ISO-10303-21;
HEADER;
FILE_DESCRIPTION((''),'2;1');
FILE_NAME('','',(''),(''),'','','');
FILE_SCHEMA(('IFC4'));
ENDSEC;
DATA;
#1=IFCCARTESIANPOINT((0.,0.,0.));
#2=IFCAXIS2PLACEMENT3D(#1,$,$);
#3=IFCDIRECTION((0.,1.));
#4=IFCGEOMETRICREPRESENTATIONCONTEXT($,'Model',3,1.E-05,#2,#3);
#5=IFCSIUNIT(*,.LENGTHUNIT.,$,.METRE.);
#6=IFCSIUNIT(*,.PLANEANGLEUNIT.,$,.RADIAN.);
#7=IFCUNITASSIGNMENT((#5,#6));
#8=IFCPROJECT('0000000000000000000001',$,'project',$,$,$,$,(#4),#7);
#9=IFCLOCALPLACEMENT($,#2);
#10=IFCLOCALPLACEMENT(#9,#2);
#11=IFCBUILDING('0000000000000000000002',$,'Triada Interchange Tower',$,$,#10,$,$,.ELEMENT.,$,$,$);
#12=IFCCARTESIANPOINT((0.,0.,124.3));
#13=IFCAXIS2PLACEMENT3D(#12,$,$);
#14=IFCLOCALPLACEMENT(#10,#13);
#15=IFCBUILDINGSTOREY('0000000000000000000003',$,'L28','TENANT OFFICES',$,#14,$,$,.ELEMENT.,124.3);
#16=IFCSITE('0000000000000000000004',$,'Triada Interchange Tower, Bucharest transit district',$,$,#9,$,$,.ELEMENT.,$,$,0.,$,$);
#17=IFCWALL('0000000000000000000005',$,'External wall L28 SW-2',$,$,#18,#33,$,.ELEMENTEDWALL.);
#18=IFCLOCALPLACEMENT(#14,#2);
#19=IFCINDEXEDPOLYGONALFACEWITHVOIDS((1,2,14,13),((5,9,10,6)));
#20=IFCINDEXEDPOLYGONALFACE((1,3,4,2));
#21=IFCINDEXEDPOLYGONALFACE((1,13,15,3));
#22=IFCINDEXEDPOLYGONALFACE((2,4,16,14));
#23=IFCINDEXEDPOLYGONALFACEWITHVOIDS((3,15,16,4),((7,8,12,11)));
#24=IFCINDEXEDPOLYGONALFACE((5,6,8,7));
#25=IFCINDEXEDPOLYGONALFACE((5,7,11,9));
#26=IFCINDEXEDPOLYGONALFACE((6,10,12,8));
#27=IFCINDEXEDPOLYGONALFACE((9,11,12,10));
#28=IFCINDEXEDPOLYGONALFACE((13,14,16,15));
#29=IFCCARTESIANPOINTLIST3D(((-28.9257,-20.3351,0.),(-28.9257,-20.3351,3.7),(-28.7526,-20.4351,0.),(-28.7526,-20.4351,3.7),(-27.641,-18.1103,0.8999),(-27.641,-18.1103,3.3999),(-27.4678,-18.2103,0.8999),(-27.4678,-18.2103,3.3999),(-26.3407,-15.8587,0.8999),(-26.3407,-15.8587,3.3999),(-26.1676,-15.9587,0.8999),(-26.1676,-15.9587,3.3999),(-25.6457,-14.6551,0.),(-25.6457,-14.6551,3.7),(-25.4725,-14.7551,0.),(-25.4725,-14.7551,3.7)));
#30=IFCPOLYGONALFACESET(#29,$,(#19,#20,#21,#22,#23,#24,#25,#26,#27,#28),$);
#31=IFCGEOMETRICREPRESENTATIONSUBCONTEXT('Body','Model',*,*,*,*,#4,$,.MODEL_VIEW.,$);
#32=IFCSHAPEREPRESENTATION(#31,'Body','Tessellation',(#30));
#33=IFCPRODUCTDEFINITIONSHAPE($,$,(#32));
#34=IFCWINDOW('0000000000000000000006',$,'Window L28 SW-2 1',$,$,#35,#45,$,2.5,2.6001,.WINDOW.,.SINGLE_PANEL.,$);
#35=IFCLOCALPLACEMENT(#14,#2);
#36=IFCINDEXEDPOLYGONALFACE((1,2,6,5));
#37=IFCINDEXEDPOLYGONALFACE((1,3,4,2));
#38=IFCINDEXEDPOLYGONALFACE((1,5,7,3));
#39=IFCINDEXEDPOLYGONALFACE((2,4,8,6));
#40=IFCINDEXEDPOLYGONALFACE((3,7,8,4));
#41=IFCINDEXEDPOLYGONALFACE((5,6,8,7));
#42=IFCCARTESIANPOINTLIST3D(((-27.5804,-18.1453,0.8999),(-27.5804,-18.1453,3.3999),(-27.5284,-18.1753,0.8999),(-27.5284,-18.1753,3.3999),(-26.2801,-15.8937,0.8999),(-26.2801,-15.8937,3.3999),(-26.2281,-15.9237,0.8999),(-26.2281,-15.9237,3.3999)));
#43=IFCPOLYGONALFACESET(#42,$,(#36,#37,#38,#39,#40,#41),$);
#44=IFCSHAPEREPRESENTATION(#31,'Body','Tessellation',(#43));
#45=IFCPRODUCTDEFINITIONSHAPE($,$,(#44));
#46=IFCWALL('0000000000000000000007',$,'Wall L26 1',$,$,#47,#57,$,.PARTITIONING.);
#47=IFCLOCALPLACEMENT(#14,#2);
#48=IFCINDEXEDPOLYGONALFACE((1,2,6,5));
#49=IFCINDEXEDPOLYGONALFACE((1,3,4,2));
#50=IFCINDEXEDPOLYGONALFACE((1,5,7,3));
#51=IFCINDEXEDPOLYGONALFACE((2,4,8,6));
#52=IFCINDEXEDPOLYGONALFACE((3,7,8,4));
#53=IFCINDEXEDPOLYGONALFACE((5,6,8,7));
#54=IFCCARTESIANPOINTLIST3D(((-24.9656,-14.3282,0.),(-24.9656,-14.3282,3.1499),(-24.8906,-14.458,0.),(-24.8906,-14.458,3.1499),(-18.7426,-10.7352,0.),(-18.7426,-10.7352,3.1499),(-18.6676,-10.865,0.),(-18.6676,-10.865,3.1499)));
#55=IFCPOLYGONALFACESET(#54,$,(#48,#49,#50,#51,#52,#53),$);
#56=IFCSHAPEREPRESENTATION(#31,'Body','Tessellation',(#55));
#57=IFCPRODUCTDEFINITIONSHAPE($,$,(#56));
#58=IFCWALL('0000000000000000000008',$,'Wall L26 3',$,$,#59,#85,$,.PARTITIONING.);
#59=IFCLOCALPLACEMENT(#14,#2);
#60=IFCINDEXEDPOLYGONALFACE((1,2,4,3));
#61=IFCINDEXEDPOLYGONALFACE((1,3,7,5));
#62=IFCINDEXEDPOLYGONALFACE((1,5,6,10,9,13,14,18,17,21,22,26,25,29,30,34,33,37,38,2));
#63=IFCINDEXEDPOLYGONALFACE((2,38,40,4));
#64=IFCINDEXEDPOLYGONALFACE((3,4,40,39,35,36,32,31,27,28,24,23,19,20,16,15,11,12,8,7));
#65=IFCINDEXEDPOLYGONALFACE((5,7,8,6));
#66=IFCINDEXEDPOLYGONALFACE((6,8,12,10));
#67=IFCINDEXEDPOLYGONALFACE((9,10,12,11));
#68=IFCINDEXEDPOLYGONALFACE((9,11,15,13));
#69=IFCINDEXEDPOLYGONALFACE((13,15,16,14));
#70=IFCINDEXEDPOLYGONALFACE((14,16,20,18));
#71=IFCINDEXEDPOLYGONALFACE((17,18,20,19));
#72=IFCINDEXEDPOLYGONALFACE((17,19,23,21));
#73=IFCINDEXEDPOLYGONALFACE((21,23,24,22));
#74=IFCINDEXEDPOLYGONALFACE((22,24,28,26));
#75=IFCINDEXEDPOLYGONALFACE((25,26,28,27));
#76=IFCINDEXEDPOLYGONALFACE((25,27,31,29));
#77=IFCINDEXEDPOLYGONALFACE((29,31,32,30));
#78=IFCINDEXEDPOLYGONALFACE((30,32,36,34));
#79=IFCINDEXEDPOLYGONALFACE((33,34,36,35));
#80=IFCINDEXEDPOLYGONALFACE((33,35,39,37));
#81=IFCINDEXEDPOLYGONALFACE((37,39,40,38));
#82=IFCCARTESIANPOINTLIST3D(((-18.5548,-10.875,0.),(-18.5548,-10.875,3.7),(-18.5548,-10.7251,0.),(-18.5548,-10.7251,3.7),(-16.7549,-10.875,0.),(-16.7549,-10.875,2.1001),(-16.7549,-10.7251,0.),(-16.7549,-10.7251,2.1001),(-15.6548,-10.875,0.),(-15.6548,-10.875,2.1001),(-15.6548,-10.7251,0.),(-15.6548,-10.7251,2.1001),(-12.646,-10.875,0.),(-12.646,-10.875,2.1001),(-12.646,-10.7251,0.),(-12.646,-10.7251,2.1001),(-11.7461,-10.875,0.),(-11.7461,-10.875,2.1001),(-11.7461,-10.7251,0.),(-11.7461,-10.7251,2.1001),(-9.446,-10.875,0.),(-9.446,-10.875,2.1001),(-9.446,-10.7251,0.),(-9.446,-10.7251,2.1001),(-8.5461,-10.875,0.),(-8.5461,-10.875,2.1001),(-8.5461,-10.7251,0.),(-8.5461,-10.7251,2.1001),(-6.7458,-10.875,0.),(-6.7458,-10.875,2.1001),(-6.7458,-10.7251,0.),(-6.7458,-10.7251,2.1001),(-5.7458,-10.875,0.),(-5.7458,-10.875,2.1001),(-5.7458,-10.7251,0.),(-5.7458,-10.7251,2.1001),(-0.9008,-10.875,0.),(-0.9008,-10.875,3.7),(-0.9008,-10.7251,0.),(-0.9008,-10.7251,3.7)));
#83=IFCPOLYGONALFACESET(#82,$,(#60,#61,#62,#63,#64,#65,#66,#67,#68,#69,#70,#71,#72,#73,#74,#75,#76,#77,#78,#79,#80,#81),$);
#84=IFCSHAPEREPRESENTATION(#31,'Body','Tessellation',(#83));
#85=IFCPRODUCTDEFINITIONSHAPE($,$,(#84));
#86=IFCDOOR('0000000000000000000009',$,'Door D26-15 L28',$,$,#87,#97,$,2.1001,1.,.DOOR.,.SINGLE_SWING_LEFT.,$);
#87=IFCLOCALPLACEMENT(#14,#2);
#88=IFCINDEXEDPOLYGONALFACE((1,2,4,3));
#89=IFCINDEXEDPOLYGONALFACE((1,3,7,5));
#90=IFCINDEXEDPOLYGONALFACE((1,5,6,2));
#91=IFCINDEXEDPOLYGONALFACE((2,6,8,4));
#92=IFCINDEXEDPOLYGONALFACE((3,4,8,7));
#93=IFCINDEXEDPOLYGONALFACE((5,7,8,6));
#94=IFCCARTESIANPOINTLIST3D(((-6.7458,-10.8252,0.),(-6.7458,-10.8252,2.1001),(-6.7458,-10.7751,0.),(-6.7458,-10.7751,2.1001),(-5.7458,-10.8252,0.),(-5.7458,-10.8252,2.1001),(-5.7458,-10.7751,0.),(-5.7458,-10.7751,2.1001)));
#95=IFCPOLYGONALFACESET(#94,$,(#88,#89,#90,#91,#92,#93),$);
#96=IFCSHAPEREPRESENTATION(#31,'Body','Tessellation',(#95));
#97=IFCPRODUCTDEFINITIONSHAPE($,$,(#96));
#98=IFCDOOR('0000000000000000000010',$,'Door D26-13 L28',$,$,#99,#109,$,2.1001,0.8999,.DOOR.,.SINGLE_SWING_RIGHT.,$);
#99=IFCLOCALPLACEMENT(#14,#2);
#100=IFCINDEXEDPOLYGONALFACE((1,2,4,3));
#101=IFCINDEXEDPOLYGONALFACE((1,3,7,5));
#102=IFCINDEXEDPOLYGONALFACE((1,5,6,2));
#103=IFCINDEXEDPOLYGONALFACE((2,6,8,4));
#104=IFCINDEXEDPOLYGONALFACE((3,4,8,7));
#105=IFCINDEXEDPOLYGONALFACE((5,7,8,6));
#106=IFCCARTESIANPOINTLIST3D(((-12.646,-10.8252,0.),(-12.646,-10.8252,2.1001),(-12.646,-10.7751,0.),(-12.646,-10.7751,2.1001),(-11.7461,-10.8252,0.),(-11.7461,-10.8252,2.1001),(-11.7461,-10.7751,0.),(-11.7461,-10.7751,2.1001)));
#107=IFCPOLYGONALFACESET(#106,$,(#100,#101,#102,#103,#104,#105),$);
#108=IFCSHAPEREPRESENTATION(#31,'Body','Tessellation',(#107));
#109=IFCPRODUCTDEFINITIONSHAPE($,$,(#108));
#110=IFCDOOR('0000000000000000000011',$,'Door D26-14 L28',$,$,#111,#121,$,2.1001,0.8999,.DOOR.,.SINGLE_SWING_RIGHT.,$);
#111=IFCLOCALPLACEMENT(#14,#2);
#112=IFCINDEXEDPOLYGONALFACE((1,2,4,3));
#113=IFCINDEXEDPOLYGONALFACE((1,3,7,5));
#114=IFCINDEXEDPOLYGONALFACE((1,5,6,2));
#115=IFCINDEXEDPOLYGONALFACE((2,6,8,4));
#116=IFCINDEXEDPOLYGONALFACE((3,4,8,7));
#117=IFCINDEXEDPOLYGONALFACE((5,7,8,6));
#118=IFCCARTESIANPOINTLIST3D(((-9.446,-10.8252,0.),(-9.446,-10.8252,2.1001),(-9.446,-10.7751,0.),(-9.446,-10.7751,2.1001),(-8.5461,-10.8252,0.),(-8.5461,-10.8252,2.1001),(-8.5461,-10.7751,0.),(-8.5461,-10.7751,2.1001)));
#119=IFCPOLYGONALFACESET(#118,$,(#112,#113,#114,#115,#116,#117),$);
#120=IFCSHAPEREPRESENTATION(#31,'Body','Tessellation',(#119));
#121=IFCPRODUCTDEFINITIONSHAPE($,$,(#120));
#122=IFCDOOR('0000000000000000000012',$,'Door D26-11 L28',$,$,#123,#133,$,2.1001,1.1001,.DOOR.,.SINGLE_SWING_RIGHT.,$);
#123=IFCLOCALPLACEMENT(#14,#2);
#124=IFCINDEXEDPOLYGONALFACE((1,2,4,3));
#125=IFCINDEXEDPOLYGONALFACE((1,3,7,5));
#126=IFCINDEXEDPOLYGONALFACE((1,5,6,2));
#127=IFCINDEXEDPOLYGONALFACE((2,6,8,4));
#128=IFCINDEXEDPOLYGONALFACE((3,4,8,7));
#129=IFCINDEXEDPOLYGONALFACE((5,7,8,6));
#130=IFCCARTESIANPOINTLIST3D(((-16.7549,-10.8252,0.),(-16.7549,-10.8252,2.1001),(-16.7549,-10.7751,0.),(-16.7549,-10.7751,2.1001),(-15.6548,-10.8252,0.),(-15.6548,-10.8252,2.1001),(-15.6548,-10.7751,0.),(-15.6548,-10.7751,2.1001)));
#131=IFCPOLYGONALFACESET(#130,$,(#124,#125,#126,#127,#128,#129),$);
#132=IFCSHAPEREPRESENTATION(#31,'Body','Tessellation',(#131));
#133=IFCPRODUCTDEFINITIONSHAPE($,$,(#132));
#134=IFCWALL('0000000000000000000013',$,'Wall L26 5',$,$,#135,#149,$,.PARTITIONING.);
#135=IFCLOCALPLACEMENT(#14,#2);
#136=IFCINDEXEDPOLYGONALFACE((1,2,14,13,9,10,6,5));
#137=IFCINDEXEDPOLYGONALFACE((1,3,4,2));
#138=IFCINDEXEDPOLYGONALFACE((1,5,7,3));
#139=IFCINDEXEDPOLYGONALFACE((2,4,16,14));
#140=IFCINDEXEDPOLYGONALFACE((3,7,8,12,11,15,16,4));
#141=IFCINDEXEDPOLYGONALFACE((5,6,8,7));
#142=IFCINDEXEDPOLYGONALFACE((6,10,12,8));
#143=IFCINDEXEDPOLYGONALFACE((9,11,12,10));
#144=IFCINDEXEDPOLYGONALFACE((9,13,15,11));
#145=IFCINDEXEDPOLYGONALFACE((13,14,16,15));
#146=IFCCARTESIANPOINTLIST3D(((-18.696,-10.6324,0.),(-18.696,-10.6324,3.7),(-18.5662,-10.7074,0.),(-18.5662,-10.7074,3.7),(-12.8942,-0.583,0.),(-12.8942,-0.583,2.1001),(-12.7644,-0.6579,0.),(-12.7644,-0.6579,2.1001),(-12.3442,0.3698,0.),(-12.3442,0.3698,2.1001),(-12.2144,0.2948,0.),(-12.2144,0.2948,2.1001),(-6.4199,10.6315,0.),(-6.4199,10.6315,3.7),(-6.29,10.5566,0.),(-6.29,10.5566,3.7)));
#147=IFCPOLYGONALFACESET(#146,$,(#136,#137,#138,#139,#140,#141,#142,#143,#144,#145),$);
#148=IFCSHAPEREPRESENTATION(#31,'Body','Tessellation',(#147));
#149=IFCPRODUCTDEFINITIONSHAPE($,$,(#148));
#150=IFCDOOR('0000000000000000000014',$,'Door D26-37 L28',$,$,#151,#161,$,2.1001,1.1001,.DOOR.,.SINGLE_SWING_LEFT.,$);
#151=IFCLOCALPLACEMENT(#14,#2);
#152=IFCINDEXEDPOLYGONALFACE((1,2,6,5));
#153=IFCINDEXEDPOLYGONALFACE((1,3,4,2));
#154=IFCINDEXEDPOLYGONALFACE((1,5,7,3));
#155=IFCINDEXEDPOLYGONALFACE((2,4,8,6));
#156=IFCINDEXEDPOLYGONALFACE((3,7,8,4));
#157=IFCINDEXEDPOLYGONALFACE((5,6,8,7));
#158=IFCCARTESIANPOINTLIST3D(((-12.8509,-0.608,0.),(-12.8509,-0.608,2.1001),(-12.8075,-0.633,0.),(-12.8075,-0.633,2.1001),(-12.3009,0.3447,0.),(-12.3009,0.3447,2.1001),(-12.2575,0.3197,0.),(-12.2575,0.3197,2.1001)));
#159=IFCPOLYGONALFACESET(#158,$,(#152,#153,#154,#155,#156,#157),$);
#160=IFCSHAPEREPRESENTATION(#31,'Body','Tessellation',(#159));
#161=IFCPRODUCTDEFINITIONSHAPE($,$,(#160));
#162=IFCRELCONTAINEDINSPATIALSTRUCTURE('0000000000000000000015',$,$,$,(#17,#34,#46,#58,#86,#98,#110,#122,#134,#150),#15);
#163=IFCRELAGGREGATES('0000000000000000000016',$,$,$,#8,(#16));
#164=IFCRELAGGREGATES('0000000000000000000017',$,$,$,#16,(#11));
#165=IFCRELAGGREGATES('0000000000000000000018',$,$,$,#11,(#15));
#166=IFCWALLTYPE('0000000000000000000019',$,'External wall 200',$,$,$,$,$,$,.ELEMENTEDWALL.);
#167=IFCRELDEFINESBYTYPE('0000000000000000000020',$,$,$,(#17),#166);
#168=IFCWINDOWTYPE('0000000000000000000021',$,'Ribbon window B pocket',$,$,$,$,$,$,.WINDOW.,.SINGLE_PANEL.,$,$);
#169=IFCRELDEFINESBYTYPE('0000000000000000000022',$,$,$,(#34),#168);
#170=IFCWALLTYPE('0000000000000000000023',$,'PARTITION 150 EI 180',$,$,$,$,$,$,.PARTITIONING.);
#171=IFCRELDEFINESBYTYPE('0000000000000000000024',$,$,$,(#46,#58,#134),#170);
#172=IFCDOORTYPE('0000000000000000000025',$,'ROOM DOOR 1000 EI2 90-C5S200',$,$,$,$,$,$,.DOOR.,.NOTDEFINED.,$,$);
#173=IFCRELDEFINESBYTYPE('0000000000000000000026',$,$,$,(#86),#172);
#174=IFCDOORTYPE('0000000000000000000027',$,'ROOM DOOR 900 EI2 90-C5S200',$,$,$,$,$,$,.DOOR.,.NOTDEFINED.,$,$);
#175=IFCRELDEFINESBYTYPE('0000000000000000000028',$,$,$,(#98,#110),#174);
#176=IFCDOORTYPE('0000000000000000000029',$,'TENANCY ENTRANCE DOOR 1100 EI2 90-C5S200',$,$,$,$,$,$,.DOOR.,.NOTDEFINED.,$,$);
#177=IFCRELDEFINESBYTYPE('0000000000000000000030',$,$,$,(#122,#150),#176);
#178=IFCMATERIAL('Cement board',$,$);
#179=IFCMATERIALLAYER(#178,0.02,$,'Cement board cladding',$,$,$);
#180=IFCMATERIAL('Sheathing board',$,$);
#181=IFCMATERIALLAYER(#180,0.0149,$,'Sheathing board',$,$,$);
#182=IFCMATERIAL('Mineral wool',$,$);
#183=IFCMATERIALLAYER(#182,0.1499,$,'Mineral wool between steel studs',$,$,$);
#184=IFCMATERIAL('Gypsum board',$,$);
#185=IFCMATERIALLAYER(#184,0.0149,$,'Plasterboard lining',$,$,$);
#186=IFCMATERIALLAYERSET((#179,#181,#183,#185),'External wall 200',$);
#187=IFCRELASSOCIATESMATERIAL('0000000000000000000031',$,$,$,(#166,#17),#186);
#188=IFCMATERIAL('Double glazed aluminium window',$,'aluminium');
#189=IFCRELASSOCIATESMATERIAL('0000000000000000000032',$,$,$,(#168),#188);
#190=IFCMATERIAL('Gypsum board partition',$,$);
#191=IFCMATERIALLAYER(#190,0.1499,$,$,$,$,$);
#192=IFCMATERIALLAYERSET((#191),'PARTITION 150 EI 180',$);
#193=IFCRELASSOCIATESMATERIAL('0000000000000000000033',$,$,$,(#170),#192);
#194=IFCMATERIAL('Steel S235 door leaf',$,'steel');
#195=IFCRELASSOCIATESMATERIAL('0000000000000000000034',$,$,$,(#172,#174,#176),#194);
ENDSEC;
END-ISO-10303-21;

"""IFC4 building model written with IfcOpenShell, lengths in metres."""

from ifc_helpers import new_model, si_unit, direction, frame, frame_2d, origin, place, context, subcontext, project, spatial, rectangle, extrude, material, layer, layer_set, layer_usage, type_object, element, fill, save


model = new_model("IFC4")

# Units and contexts
model_context = context("Model", 3, precision=1e-05, world=origin(), true_north=direction((0.0, 1.0)))
body_context = subcontext(model_context, "Body", "Model", "MODEL_VIEW")
ifc_project = project(units=[si_unit("LENGTHUNIT", "METRE"), si_unit("PLANEANGLEUNIT", "RADIAN")], contexts=[model_context])

# Site, building, storey
site_placement = place(None, origin())
site = spatial("IfcSite", under=ifc_project, at=site_placement, Name="Triada Interchange Tower, Bucharest transit district", CompositionType="ELEMENT", RefElevation=0.0)
building_placement = place(site_placement, origin())
building = spatial("IfcBuilding", under=site, at=building_placement, Name="Triada Interchange Tower", CompositionType="ELEMENT")
storey_placement = place(building_placement, frame((0.0, 0.0, 124.3)))
storey = spatial("IfcBuildingStorey", under=building, at=storey_placement, Name="L28", Description="TENANT OFFICES", CompositionType="ELEMENT", Elevation=124.3)

# Wall, opening, window
ifc_material_1 = material(Name="Cement board")
ifc_layer_1 = layer(ifc_material_1, 0.02, Name="Cement board cladding")
ifc_material_2 = material(Name="Sheathing board")
ifc_layer_2 = layer(ifc_material_2, 0.0149, Name="Sheathing board")
ifc_material_3 = material(Name="Mineral wool")
ifc_layer_3 = layer(ifc_material_3, 0.1499, Name="Mineral wool between steel studs")
ifc_material_4 = material(Name="Gypsum board")
ifc_layer_4 = layer(ifc_material_4, 0.0149, Name="Plasterboard lining")
ifc_layer_set_1 = layer_set([ifc_layer_1, ifc_layer_2, ifc_layer_3, ifc_layer_4], Name="External wall 200")
ifc_layer_usage = layer_usage(ifc_layer_set_1, "AXIS2", "POSITIVE", -0.1001)
wall_type_1 = type_object("IfcWallType", Name="External wall 200", PredefinedType="ELEMENTEDWALL", material=ifc_layer_set_1)
wall_1_placement = place(storey_placement, frame((-25.5591, -14.7051, 0.0), z_axis=(0.0, 0.0, 1.0), x_axis=(-0.500082, -0.865978, 0.0)))
wall_1 = element("IfcWall", 1, at=wall_1_placement, inside=storey, type_object=wall_type_1, material=ifc_layer_usage, Name="External wall L28 SW-2", PredefinedType="ELEMENTEDWALL", context=body_context, shape_type="SweptSolid", body=[
    extrude(rectangle(XDim=6.5591, YDim=0.2, at=frame_2d((3.2795, 0.0))), origin(), (0.0, 0.0, 1.0), 3.7),
])
opening_1_placement = place(wall_1_placement, frame((1.3899, 0.0, 0.8999)))
opening_1 = element("IfcOpeningElement", 2, at=opening_1_placement, cuts=wall_1, PredefinedType="OPENING", context=body_context, shape_type="SweptSolid", body=[
    extrude(rectangle(XDim=2.6001, YDim=2.5, at=frame_2d((1.3, 1.25))), frame((0.0, 0.1099, 0.0), z_axis=(0.0, -1.0, 0.0), x_axis=(1.0, 0.0, 0.0)), (0.0, 0.0, 1.0), 0.22),
])
ifc_material_5 = material(Name="Double glazed aluminium window", Category="aluminium")
window_type = type_object("IfcWindowType", Name="Ribbon window B pocket", PartitioningType="SINGLE_PANEL", PredefinedType="WINDOW", material=ifc_material_5)
window_placement = place(opening_1_placement, origin())
window = element("IfcWindow", 3, at=window_placement, inside=storey, type_object=window_type, Name="Window L28 SW-2 1", OverallHeight=2.5, OverallWidth=2.6001, PartitioningType="SINGLE_PANEL", PredefinedType="WINDOW", context=body_context, shape_type="SweptSolid", body=[
    extrude(rectangle(XDim=2.6001, YDim=2.5, at=frame_2d((1.3, 1.25))), frame((0.0, 0.03, 0.0), z_axis=(0.0, -1.0, 0.0), x_axis=(1.0, 0.0, 0.0)), (0.0, 0.0, 1.0), 0.0601),
])
fill(opening_1, window)

# Wall
ifc_material_6 = material(Name="Gypsum board partition")
ifc_layer_5 = layer(ifc_material_6, 0.1499)
ifc_layer_set_2 = layer_set([ifc_layer_5], Name="PARTITION 150 EI 180")
wall_type_2 = type_object("IfcWallType", Name="PARTITION 150 EI 180", PredefinedType="PARTITIONING", material=ifc_layer_set_2)
wall_2_placement = place(storey_placement, frame((-24.928, -14.3931, 0.0), z_axis=(0.0, 0.0, 1.0), x_axis=(0.866012, 0.500023, 0.0)))
element("IfcWall", 4, at=wall_2_placement, inside=storey, type_object=wall_type_2, Name="Wall L26 1", PredefinedType="PARTITIONING", context=body_context, shape_type="SweptSolid", body=[
    extrude(rectangle(XDim=7.1858, YDim=0.1499, at=frame_2d((3.5928, 0.0))), origin(), (0.0, 0.0, 1.0), 3.1499),
])

# Wall, openings, doors
wall_3_placement = place(storey_placement, frame((-18.5549, -10.8, 0.0), z_axis=(0.0, 0.0, 1.0), x_axis=(1.0, 0.0, 0.0)))
wall_3 = element("IfcWall", 5, at=wall_3_placement, inside=storey, type_object=wall_type_2, Name="Wall L26 3", PredefinedType="PARTITIONING", context=body_context, shape_type="SweptSolid", body=[
    extrude(rectangle(XDim=17.6541, YDim=0.1499, at=frame_2d((8.8271, 0.0))), origin(), (0.0, 0.0, 1.0), 3.7),
])
opening_2_placement = place(wall_3_placement, frame((1.8, 0.0, 0.0)))
opening_2 = element("IfcOpeningElement", 6, at=opening_2_placement, cuts=wall_3, PredefinedType="OPENING", context=body_context, shape_type="SweptSolid", body=[
    extrude(rectangle(XDim=1.1001, YDim=2.1001, at=frame_2d((0.55, 1.05))), frame((0.0, 0.085, 0.0), z_axis=(0.0, -1.0, 0.0), x_axis=(1.0, 0.0, 0.0)), (0.0, 0.0, 1.0), 0.1699),
])
opening_3_placement = place(wall_3_placement, frame((5.9089, 0.0, 0.0)))
opening_3 = element("IfcOpeningElement", 7, at=opening_3_placement, cuts=wall_3, PredefinedType="OPENING", context=body_context, shape_type="SweptSolid", body=[
    extrude(rectangle(XDim=0.8999, YDim=2.1001, at=frame_2d((0.45, 1.05))), frame((0.0, 0.085, 0.0), z_axis=(0.0, -1.0, 0.0), x_axis=(1.0, 0.0, 0.0)), (0.0, 0.0, 1.0), 0.1699),
])
opening_4_placement = place(wall_3_placement, frame((9.1089, 0.0, 0.0)))
opening_4 = element("IfcOpeningElement", 8, at=opening_4_placement, cuts=wall_3, PredefinedType="OPENING", context=body_context, shape_type="SweptSolid", body=[
    extrude(rectangle(XDim=0.8999, YDim=2.1001, at=frame_2d((0.45, 1.05))), frame((0.0, 0.085, 0.0), z_axis=(0.0, -1.0, 0.0), x_axis=(1.0, 0.0, 0.0)), (0.0, 0.0, 1.0), 0.1699),
])
opening_5_placement = place(wall_3_placement, frame((11.8091, 0.0, 0.0)))
opening_5 = element("IfcOpeningElement", 9, at=opening_5_placement, cuts=wall_3, PredefinedType="OPENING", context=body_context, shape_type="SweptSolid", body=[
    extrude(rectangle(XDim=1.0, YDim=2.1001, at=frame_2d((0.5, 1.05))), frame((0.0, 0.085, 0.0), z_axis=(0.0, -1.0, 0.0), x_axis=(1.0, 0.0, 0.0)), (0.0, 0.0, 1.0), 0.1699),
])
ifc_material_7 = material(Name="Steel S235 door leaf", Category="steel")
door_type_1 = type_object("IfcDoorType", Name="ROOM DOOR 1000 EI2 90-C5S200", OperationType="NOTDEFINED", PredefinedType="DOOR", material=ifc_material_7)
door_1_placement = place(opening_5_placement, origin())
door_1 = element("IfcDoor", 10, at=door_1_placement, inside=storey, type_object=door_type_1, Name="Door D26-15 L28", OperationType="SINGLE_SWING_LEFT", OverallHeight=2.1001, OverallWidth=1.0, PredefinedType="DOOR", context=body_context, shape_type="SweptSolid", body=[
    extrude(rectangle(XDim=1.0, YDim=2.1001, at=frame_2d((0.5, 1.05))), frame((0.0, 0.0249, 0.0), z_axis=(0.0, -1.0, 0.0), x_axis=(1.0, 0.0, 0.0)), (0.0, 0.0, 1.0), 0.05),
])
fill(opening_5, door_1)
door_type_2 = type_object("IfcDoorType", Name="ROOM DOOR 900 EI2 90-C5S200", OperationType="NOTDEFINED", PredefinedType="DOOR", material=ifc_material_7)
door_2_placement = place(opening_3_placement, origin())
door_2 = element("IfcDoor", 11, at=door_2_placement, inside=storey, type_object=door_type_2, Name="Door D26-13 L28", OperationType="SINGLE_SWING_RIGHT", OverallHeight=2.1001, OverallWidth=0.8999, PredefinedType="DOOR", context=body_context, shape_type="SweptSolid", body=[
    extrude(rectangle(XDim=0.8999, YDim=2.1001, at=frame_2d((0.45, 1.05))), frame((0.0, 0.0249, 0.0), z_axis=(0.0, -1.0, 0.0), x_axis=(1.0, 0.0, 0.0)), (0.0, 0.0, 1.0), 0.05),
])
fill(opening_3, door_2)
door_3_placement = place(opening_4_placement, origin())
door_3 = element("IfcDoor", 12, at=door_3_placement, inside=storey, type_object=door_type_2, Name="Door D26-14 L28", OperationType="SINGLE_SWING_RIGHT", OverallHeight=2.1001, OverallWidth=0.8999, PredefinedType="DOOR", context=body_context, shape_type="SweptSolid", body=[
    extrude(rectangle(XDim=0.8999, YDim=2.1001, at=frame_2d((0.45, 1.05))), frame((0.0, 0.0249, 0.0), z_axis=(0.0, -1.0, 0.0), x_axis=(1.0, 0.0, 0.0)), (0.0, 0.0, 1.0), 0.05),
])
fill(opening_4, door_3)
door_type_3 = type_object("IfcDoorType", Name="TENANCY ENTRANCE DOOR 1100 EI2 90-C5S200", OperationType="NOTDEFINED", PredefinedType="DOOR", material=ifc_material_7)
door_4_placement = place(opening_2_placement, origin())
door_4 = element("IfcDoor", 13, at=door_4_placement, inside=storey, type_object=door_type_3, Name="Door D26-11 L28", OperationType="SINGLE_SWING_RIGHT", OverallHeight=2.1001, OverallWidth=1.1001, PredefinedType="DOOR", context=body_context, shape_type="SweptSolid", body=[
    extrude(rectangle(XDim=1.1001, YDim=2.1001, at=frame_2d((0.55, 1.05))), frame((0.0, 0.0249, 0.0), z_axis=(0.0, -1.0, 0.0), x_axis=(1.0, 0.0, 0.0)), (0.0, 0.0, 1.0), 0.05),
])
fill(opening_2, door_4)

# Wall, opening, door
wall_4_placement = place(storey_placement, frame((-18.6311, -10.6699, 0.0), z_axis=(0.0, 0.0, 1.0), x_axis=(0.499982, 0.866036, 0.0)))
wall_4 = element("IfcWall", 14, at=wall_4_placement, inside=storey, type_object=wall_type_2, Name="Wall L26 5", PredefinedType="PARTITIONING", context=body_context, shape_type="SweptSolid", body=[
    extrude(rectangle(XDim=24.5532, YDim=0.1499, at=frame_2d((12.2766, 0.0))), origin(), (0.0, 0.0, 1.0), 3.7),
])
opening_6_placement = place(wall_4_placement, frame((11.604, 0.0, 0.0)))
opening_6 = element("IfcOpeningElement", 15, at=opening_6_placement, cuts=wall_4, PredefinedType="OPENING", context=body_context, shape_type="SweptSolid", body=[
    extrude(rectangle(XDim=1.1001, YDim=2.1001, at=frame_2d((0.55, 1.05))), frame((0.0, 0.085, 0.0), z_axis=(0.0, -1.0, 0.0), x_axis=(1.0, 0.0, 0.0)), (0.0, 0.0, 1.0), 0.1699),
])
door_5_placement = place(opening_6_placement, origin())
door_5 = element("IfcDoor", 16, at=door_5_placement, inside=storey, type_object=door_type_3, Name="Door D26-37 L28", OperationType="SINGLE_SWING_LEFT", OverallHeight=2.1001, OverallWidth=1.1001, PredefinedType="DOOR", context=body_context, shape_type="SweptSolid", body=[
    extrude(rectangle(XDim=1.1001, YDim=2.1001, at=frame_2d((0.55, 1.05))), frame((0.0, 0.0249, 0.0), z_axis=(0.0, -1.0, 0.0), x_axis=(1.0, 0.0, 0.0)), (0.0, 0.0, 1.0), 0.05),
])
fill(opening_6, door_5)

save(model, "model.ifc")
